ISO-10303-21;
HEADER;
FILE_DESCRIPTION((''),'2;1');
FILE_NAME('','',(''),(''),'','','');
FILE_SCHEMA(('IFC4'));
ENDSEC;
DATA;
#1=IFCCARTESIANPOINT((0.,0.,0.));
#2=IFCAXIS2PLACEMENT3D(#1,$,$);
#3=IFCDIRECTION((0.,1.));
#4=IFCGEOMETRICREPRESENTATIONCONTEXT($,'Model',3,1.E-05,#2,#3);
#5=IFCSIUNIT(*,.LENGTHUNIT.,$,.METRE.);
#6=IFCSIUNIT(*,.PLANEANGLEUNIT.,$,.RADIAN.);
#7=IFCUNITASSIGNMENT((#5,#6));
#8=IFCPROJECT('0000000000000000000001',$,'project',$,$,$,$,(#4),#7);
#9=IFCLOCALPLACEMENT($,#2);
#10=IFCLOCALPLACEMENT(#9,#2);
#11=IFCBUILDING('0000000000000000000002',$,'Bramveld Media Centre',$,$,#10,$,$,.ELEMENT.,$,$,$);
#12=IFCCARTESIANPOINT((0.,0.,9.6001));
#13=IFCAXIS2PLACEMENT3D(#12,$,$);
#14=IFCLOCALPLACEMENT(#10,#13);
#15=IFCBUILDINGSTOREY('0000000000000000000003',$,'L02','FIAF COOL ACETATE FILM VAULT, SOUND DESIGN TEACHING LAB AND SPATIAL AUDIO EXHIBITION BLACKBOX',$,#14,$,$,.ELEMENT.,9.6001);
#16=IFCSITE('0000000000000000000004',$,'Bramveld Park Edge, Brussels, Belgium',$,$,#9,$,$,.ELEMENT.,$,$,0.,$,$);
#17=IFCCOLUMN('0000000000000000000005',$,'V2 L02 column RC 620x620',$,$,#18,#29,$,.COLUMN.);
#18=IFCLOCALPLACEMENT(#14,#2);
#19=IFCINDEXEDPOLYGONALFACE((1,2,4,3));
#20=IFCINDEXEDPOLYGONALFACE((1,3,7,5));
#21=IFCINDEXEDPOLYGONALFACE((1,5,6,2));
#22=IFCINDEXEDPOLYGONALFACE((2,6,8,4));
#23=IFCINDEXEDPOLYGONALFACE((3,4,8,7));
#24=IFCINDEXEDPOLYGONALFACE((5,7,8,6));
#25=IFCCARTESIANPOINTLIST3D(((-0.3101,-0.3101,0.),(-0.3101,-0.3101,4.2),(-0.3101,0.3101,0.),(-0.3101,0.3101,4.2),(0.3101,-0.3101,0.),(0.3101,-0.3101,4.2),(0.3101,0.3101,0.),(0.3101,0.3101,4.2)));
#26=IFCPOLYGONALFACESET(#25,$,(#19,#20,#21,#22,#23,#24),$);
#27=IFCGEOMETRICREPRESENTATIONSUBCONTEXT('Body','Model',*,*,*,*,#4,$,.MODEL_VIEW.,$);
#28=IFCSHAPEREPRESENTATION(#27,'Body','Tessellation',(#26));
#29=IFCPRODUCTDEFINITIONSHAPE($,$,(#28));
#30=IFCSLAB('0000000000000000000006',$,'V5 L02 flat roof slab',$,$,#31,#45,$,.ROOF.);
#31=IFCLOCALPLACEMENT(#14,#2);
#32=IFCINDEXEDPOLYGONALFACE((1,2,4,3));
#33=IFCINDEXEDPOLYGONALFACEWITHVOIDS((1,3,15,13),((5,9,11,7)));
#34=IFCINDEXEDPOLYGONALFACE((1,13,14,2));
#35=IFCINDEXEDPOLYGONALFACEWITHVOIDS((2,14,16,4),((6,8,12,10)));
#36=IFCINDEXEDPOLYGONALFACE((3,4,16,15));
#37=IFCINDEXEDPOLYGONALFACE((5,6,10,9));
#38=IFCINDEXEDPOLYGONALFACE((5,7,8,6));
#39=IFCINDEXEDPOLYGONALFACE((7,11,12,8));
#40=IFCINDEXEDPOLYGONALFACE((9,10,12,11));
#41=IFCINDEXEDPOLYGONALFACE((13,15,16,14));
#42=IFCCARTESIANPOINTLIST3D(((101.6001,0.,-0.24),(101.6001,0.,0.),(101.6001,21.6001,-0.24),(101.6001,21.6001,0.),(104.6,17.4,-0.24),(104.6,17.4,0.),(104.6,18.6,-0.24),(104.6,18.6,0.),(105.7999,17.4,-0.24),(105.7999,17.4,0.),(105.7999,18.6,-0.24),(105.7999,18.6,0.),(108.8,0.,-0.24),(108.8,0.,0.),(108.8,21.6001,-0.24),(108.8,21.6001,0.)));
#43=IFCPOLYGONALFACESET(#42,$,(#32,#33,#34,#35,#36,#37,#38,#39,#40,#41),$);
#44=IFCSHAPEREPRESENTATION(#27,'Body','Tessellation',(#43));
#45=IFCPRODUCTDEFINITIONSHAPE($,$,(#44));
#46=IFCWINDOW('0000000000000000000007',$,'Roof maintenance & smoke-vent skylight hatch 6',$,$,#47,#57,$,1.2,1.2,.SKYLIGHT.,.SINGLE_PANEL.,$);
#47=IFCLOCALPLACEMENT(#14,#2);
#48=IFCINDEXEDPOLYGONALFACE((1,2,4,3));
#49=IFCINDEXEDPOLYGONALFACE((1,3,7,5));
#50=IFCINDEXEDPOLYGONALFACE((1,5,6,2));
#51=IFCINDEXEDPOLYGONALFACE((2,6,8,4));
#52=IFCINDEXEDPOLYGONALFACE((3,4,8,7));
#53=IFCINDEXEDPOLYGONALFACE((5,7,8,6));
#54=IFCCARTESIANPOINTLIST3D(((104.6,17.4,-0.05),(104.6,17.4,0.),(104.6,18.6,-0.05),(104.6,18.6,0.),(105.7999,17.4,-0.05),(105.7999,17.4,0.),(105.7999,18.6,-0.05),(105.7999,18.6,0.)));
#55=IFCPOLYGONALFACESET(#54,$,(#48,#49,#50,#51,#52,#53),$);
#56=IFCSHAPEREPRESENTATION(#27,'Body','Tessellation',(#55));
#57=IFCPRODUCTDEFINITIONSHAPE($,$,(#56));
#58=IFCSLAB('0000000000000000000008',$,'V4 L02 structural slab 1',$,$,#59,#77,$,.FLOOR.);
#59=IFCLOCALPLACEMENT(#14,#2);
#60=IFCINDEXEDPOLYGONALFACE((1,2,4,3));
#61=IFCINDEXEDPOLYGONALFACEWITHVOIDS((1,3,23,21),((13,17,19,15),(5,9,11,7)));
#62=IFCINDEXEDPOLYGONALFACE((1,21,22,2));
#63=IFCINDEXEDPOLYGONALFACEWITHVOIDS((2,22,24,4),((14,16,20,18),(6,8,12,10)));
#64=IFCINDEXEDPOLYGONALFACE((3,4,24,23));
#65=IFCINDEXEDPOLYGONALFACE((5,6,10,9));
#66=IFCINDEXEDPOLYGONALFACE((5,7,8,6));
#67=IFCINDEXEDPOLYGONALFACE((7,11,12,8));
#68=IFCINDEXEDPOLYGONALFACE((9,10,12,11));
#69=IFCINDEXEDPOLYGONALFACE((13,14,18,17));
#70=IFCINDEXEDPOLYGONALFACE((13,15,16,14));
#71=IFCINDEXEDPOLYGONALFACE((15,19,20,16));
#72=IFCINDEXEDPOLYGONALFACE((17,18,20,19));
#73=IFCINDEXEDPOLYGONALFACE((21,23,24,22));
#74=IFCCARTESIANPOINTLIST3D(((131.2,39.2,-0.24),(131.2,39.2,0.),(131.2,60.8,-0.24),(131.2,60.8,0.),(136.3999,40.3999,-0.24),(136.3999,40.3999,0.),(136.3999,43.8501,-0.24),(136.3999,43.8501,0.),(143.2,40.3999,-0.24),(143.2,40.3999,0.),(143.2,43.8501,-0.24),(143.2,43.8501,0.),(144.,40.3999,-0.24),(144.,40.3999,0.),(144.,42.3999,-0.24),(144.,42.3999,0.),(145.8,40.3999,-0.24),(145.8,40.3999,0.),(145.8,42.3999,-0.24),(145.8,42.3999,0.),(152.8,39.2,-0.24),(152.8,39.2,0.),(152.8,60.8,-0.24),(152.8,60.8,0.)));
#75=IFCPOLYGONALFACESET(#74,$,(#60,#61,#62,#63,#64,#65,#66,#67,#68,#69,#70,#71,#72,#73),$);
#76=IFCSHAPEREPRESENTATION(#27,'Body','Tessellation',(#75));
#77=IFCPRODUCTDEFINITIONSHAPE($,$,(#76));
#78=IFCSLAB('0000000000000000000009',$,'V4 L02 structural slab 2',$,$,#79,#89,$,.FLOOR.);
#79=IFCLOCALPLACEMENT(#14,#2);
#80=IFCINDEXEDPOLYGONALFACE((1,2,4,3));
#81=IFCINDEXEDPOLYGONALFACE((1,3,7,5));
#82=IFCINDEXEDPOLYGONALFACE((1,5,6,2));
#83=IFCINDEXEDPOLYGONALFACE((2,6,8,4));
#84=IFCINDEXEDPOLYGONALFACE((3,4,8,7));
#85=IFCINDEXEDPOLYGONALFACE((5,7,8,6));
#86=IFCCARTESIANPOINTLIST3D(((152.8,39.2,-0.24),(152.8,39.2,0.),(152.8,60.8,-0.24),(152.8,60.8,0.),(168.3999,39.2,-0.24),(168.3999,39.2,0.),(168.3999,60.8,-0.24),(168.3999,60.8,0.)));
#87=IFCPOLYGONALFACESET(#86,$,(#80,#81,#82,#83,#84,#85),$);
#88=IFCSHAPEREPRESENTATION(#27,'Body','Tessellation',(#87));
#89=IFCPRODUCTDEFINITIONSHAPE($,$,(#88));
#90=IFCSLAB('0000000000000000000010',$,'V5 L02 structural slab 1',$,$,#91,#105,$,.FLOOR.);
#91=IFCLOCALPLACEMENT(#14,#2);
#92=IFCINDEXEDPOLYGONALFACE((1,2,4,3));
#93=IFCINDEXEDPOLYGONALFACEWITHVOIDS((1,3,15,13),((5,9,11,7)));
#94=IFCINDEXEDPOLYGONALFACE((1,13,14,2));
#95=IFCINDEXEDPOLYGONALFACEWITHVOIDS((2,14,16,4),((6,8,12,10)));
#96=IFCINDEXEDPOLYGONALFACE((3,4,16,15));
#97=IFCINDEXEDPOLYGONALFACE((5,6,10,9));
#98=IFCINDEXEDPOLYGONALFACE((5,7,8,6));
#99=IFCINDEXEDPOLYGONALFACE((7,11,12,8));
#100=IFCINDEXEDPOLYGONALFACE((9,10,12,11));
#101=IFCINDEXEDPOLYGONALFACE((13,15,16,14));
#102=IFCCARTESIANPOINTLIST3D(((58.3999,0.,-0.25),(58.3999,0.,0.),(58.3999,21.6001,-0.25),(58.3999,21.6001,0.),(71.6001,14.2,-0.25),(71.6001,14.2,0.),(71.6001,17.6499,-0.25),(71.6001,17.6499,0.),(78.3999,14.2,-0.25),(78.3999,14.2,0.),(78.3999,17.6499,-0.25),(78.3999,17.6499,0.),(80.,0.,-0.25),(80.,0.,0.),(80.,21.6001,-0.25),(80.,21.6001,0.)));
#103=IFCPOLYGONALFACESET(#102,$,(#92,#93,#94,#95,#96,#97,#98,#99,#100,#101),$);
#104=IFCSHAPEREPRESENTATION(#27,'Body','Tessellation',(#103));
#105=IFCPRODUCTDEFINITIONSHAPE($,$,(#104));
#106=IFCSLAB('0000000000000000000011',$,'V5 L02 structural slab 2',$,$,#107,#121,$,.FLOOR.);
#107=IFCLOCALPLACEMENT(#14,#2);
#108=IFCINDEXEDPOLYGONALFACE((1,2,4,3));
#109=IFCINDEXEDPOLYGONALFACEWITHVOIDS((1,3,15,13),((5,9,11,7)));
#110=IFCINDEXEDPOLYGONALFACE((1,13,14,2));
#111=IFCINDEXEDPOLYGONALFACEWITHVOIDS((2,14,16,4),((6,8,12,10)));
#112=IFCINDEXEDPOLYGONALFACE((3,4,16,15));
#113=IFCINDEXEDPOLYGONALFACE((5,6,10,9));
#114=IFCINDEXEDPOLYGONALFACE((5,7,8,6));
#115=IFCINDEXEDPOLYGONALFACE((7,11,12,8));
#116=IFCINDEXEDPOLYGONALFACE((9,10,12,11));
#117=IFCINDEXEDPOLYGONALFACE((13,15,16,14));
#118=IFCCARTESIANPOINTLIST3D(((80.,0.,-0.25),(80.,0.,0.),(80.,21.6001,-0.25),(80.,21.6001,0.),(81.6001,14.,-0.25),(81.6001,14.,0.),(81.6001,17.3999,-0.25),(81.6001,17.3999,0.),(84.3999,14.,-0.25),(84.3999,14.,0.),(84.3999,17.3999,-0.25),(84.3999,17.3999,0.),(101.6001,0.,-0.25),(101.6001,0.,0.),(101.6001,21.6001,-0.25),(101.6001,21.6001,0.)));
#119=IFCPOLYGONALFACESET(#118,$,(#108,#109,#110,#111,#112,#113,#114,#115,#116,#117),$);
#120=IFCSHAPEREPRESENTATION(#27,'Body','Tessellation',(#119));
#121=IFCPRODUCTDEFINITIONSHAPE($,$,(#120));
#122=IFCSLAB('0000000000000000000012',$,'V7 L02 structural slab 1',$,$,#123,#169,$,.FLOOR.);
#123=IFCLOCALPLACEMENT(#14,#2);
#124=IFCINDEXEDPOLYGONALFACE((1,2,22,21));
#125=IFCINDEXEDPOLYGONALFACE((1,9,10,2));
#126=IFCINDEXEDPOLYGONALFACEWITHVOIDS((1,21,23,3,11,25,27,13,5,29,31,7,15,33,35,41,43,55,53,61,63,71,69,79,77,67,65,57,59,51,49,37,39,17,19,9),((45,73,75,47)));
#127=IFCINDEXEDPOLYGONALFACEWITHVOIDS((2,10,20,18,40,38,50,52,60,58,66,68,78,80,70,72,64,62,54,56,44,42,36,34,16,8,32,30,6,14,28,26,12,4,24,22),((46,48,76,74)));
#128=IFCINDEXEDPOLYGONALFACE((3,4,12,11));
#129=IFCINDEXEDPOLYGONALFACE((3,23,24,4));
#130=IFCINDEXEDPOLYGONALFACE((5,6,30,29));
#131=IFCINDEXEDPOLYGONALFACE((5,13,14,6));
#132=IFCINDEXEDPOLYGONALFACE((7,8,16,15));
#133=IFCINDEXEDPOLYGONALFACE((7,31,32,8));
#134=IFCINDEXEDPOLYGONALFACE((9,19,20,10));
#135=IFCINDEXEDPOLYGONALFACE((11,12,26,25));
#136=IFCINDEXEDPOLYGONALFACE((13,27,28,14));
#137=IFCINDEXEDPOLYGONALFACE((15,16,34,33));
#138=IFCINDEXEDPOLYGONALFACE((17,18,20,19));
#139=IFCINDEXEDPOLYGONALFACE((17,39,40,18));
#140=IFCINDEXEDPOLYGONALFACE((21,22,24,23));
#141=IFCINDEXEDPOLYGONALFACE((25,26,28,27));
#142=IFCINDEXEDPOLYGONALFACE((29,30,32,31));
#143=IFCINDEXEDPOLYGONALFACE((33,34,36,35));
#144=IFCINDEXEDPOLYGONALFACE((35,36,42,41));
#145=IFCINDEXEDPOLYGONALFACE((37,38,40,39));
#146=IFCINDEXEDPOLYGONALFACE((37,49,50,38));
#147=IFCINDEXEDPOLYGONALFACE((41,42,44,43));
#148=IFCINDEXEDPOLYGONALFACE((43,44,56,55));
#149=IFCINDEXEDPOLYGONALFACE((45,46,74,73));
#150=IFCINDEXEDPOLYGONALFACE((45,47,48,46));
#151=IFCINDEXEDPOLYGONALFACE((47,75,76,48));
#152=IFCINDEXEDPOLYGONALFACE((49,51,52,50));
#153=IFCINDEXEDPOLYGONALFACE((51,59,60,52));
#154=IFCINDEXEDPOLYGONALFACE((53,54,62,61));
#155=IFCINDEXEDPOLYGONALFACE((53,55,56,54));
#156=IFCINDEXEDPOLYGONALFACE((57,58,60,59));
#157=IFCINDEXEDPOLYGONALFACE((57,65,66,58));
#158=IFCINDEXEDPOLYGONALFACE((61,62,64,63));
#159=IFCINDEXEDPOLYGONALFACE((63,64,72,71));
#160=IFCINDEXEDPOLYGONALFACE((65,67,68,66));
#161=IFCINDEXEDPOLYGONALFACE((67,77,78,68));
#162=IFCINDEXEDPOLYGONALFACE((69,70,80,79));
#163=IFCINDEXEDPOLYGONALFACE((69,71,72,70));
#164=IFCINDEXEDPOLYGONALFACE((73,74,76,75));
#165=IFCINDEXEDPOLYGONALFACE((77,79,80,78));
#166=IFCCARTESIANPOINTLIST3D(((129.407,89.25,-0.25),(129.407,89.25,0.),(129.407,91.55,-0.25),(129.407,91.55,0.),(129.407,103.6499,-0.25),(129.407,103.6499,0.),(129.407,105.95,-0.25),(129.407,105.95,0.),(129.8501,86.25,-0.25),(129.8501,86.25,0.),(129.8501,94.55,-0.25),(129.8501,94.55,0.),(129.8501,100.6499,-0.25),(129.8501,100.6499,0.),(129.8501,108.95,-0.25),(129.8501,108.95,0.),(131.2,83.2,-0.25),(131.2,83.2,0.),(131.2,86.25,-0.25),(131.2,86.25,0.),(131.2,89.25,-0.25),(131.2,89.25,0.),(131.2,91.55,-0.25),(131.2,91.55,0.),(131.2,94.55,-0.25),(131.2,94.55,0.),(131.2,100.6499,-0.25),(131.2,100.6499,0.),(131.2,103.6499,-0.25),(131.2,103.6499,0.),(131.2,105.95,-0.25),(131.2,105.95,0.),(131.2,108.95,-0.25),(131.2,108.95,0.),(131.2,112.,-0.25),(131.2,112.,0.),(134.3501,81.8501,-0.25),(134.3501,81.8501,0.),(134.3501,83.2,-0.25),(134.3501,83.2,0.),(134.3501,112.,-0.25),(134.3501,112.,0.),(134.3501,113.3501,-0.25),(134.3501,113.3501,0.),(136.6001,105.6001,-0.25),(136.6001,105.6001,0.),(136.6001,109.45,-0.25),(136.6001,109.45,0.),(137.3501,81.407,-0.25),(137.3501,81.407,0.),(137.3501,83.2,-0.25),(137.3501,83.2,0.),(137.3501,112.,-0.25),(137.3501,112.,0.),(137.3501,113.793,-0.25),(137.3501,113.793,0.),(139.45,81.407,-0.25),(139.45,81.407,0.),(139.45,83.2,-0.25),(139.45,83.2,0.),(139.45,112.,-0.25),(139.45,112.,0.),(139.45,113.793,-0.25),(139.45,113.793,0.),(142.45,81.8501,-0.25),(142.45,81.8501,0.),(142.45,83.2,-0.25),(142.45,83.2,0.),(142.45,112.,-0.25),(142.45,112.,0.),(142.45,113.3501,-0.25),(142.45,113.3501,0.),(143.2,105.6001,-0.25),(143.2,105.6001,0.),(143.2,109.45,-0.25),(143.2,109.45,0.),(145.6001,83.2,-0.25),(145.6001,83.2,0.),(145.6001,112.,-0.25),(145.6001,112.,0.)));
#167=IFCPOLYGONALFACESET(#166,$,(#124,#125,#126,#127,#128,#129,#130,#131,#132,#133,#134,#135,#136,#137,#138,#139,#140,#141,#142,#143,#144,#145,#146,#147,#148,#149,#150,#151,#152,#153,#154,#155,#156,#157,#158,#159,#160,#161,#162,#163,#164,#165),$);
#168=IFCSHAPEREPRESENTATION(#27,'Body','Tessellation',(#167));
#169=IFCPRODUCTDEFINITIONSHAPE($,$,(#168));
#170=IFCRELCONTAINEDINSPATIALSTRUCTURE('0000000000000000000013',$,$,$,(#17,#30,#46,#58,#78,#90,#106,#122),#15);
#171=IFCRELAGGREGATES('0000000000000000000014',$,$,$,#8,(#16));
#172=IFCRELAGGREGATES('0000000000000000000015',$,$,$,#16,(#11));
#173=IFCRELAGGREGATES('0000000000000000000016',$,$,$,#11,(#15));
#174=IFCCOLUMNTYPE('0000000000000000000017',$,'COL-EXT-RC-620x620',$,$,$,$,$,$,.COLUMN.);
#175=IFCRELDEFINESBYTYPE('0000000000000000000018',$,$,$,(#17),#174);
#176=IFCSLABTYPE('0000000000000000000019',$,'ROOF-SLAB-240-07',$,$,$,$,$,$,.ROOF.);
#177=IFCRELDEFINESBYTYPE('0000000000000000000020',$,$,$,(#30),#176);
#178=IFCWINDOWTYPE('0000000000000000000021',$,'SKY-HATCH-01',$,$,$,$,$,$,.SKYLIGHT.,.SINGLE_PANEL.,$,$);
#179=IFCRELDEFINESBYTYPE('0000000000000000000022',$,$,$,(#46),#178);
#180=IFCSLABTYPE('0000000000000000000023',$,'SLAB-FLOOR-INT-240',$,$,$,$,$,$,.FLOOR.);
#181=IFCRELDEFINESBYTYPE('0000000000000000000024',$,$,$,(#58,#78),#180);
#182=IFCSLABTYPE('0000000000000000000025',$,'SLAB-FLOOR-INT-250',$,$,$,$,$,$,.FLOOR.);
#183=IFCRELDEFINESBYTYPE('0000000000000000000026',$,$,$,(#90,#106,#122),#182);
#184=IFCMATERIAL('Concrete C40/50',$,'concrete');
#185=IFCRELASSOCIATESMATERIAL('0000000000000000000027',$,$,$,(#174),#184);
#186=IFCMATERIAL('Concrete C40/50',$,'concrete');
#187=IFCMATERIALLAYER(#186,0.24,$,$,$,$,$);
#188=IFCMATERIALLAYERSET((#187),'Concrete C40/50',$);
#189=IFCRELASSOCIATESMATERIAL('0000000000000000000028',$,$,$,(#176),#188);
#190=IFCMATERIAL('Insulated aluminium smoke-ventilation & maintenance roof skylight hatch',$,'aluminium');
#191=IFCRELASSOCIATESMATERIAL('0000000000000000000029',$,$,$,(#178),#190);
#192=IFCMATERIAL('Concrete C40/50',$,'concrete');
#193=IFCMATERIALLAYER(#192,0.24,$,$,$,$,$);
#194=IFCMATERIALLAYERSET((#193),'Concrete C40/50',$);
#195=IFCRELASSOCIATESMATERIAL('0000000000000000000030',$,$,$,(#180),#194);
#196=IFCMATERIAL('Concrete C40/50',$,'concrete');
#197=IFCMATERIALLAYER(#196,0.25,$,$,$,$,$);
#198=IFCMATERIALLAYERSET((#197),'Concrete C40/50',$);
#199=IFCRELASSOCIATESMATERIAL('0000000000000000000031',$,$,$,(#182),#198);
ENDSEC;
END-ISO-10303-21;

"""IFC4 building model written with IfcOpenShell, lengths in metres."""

from ifc_helpers import new_model, si_unit, direction, frame, origin, origin_with_axes, origin_2d, place, context, subcontext, project, spatial, polyline, rectangle, outline, extrude, material, layer, layer_set, material_profile, profile_set, type_object, element, fill, save


model = new_model("IFC4")

# Units and contexts
model_context = context("Model", 3, precision=1e-05, world=origin(), true_north=direction((0.0, 1.0)))
body_context = subcontext(model_context, "Body", "Model", "MODEL_VIEW")
ifc_project = project(units=[si_unit("LENGTHUNIT", "METRE"), si_unit("PLANEANGLEUNIT", "RADIAN")], contexts=[model_context])

# Site, building, storey
site_placement = place(None, origin())
site = spatial("IfcSite", under=ifc_project, at=site_placement, Name="Bramveld Park Edge, Brussels, Belgium", CompositionType="ELEMENT", RefElevation=0.0)
building_placement = place(site_placement, origin())
building = spatial("IfcBuilding", under=site, at=building_placement, Name="Bramveld Media Centre", CompositionType="ELEMENT")
storey_placement = place(building_placement, frame((0.0, 0.0, 9.6001)))
storey = spatial("IfcBuildingStorey", under=building, at=storey_placement, Name="L02", Description="FIAF COOL ACETATE FILM VAULT, SOUND DESIGN TEACHING LAB AND SPATIAL AUDIO EXHIBITION BLACKBOX", CompositionType="ELEMENT", Elevation=9.6001)

# Column
ifc_material_1 = material(Name="Concrete C40/50", Category="concrete")
ifc_material_profile = material_profile(ifc_material_1, rectangle(XDim=0.6201, YDim=0.6201, at=origin_2d()), Name="RC 620x620")
ifc_profile_set = profile_set([ifc_material_profile], Name="Concrete C40/50")
column_type = type_object("IfcColumnType", Name="COL-EXT-RC-620x620", PredefinedType="COLUMN", material=ifc_profile_set)
column_placement = place(storey_placement, origin_with_axes())
element("IfcColumn", 1, at=column_placement, inside=storey, type_object=column_type, Name="V2 L02 column RC 620x620", PredefinedType="COLUMN", context=body_context, shape_type="SweptSolid", body=[
    extrude(rectangle(XDim=0.6201, YDim=0.6201, at=origin_2d()), origin(), (0.0, 0.0, 1.0), 4.2),
])

# Slab, opening, window
ifc_material_2 = material(Name="Concrete C40/50", Category="concrete")
ifc_layer_1 = layer(ifc_material_2, 0.24)
ifc_layer_set_1 = layer_set([ifc_layer_1], Name="Concrete C40/50")
slab_type_1 = type_object("IfcSlabType", Name="ROOF-SLAB-240-07", PredefinedType="ROOF", material=ifc_layer_set_1)
slab_1_placement = place(storey_placement, frame((0.0, 0.0, -0.24)))
slab_1 = element("IfcSlab", 2, at=slab_1_placement, inside=storey, type_object=slab_type_1, Name="V5 L02 flat roof slab", PredefinedType="ROOF", context=body_context, shape_type="SweptSolid", body=[
    extrude(outline(polyline([(101.6001, 0.0), (108.8, 0.0), (108.8, 21.6001), (101.6001, 21.6001), (101.6001, 0.0)])), origin(), (0.0, 0.0, 1.0), 0.24),
])
opening_placement = place(slab_1_placement, frame((105.2, 18.0, 0.0)))
opening = element("IfcOpeningElement", 3, at=opening_placement, cuts=slab_1, PredefinedType="OPENING", context=body_context, shape_type="SweptSolid", body=[
    extrude(rectangle(XDim=1.2, YDim=1.2, at=origin_2d()), origin(), (0.0, 0.0, 1.0), 0.24),
])
ifc_material_3 = material(Name="Insulated aluminium smoke-ventilation & maintenance roof skylight hatch", Category="aluminium")
window_type = type_object("IfcWindowType", Name="SKY-HATCH-01", PartitioningType="SINGLE_PANEL", PredefinedType="SKYLIGHT", material=ifc_material_3)
window_placement = place(opening_placement, frame((0.0, 0.0, 0.1899)))
window = element("IfcWindow", 4, at=window_placement, inside=storey, type_object=window_type, Name="Roof maintenance & smoke-vent skylight hatch 6", OverallHeight=1.2, OverallWidth=1.2, PartitioningType="SINGLE_PANEL", PredefinedType="SKYLIGHT", context=body_context, shape_type="SweptSolid", body=[
    extrude(rectangle(XDim=1.2, YDim=1.2, at=origin_2d()), origin(), (0.0, 0.0, 1.0), 0.05),
])
fill(opening, window)

# Slabs
ifc_material_4 = material(Name="Concrete C40/50", Category="concrete")
ifc_layer_2 = layer(ifc_material_4, 0.24)
ifc_layer_set_2 = layer_set([ifc_layer_2], Name="Concrete C40/50")
slab_type_2 = type_object("IfcSlabType", Name="SLAB-FLOOR-INT-240", PredefinedType="FLOOR", material=ifc_layer_set_2)
slab_2_placement = place(storey_placement, frame((0.0, 0.0, -0.24)))
element("IfcSlab", 5, at=slab_2_placement, inside=storey, type_object=slab_type_2, Name="V4 L02 structural slab 1", PredefinedType="FLOOR", context=body_context, shape_type="SweptSolid", body=[
    extrude(outline(polyline([(131.2, 60.8), (152.8, 60.8), (152.8, 39.2), (131.2, 39.2), (131.2, 60.8)]), holes=[polyline([(145.8, 40.3999), (145.8, 42.3999), (144.0, 42.3999), (144.0, 40.3999), (145.8, 40.3999)]), polyline([(136.3999, 40.3999), (143.2, 40.3999), (143.2, 43.8501), (136.3999, 43.8501), (136.3999, 40.3999)])]), origin(), (0.0, 0.0, 1.0), 0.24),
])
slab_3_placement = place(storey_placement, frame((0.0, 0.0, -0.24)))
element("IfcSlab", 6, at=slab_3_placement, inside=storey, type_object=slab_type_2, Name="V4 L02 structural slab 2", PredefinedType="FLOOR", context=body_context, shape_type="SweptSolid", body=[
    extrude(outline(polyline([(168.3999, 39.2), (152.8, 39.2), (152.8, 60.8), (168.3999, 60.8), (168.3999, 39.2)])), origin(), (0.0, 0.0, 1.0), 0.24),
])
ifc_material_5 = material(Name="Concrete C40/50", Category="concrete")
ifc_layer_3 = layer(ifc_material_5, 0.25)
ifc_layer_set_3 = layer_set([ifc_layer_3], Name="Concrete C40/50")
slab_type_3 = type_object("IfcSlabType", Name="SLAB-FLOOR-INT-250", PredefinedType="FLOOR", material=ifc_layer_set_3)
slab_4_placement = place(storey_placement, frame((0.0, 0.0, -0.25)))
element("IfcSlab", 7, at=slab_4_placement, inside=storey, type_object=slab_type_3, Name="V5 L02 structural slab 1", PredefinedType="FLOOR", context=body_context, shape_type="SweptSolid", body=[
    extrude(outline(polyline([(58.3999, 21.6001), (80.0, 21.6001), (80.0, 0.0), (58.3999, 0.0), (58.3999, 21.6001)]), holes=[polyline([(71.6001, 14.2), (78.3999, 14.2), (78.3999, 17.6499), (71.6001, 17.6499), (71.6001, 14.2)])]), origin(), (0.0, 0.0, 1.0), 0.25),
])
slab_5_placement = place(storey_placement, frame((0.0, 0.0, -0.25)))
element("IfcSlab", 8, at=slab_5_placement, inside=storey, type_object=slab_type_3, Name="V5 L02 structural slab 2", PredefinedType="FLOOR", context=body_context, shape_type="SweptSolid", body=[
    extrude(outline(polyline([(101.6001, 0.0), (80.0, 0.0), (80.0, 21.6001), (101.6001, 21.6001), (101.6001, 0.0)]), holes=[polyline([(84.3999, 14.0), (84.3999, 17.3999), (81.6001, 17.3999), (81.6001, 14.0), (84.3999, 14.0)])]), origin(), (0.0, 0.0, 1.0), 0.25),
])
slab_6_placement = place(storey_placement, frame((0.0, 0.0, -0.25)))
element("IfcSlab", 9, at=slab_6_placement, inside=storey, type_object=slab_type_3, Name="V7 L02 structural slab 1", PredefinedType="FLOOR", context=body_context, shape_type="SweptSolid", body=[
    extrude(outline(polyline([(131.2, 86.25), (129.8501, 86.25), (129.407, 89.25), (131.2, 89.25), (131.2, 91.55), (129.407, 91.55), (129.8501, 94.55), (131.2, 94.55), (131.2, 100.6499), (129.8501, 100.6499), (129.407, 103.6499), (131.2, 103.6499), (131.2, 105.95), (129.407, 105.95), (129.8501, 108.95), (131.2, 108.95), (131.2, 112.0), (134.3501, 112.0), (134.3501, 113.3501), (137.3501, 113.793), (137.3501, 112.0), (139.45, 112.0), (139.45, 113.793), (142.45, 113.3501), (142.45, 112.0), (145.6001, 112.0), (145.6001, 83.2), (142.45, 83.2), (142.45, 81.8501), (139.45, 81.407), (139.45, 83.2), (137.3501, 83.2), (137.3501, 81.407), (134.3501, 81.8501), (134.3501, 83.2), (131.2, 83.2), (131.2, 86.25)]), holes=[polyline([(143.2, 109.45), (136.6001, 109.45), (136.6001, 105.6001), (143.2, 105.6001), (143.2, 109.45)])]), origin(), (0.0, 0.0, 1.0), 0.25),
])

save(model, "model.ifc")
